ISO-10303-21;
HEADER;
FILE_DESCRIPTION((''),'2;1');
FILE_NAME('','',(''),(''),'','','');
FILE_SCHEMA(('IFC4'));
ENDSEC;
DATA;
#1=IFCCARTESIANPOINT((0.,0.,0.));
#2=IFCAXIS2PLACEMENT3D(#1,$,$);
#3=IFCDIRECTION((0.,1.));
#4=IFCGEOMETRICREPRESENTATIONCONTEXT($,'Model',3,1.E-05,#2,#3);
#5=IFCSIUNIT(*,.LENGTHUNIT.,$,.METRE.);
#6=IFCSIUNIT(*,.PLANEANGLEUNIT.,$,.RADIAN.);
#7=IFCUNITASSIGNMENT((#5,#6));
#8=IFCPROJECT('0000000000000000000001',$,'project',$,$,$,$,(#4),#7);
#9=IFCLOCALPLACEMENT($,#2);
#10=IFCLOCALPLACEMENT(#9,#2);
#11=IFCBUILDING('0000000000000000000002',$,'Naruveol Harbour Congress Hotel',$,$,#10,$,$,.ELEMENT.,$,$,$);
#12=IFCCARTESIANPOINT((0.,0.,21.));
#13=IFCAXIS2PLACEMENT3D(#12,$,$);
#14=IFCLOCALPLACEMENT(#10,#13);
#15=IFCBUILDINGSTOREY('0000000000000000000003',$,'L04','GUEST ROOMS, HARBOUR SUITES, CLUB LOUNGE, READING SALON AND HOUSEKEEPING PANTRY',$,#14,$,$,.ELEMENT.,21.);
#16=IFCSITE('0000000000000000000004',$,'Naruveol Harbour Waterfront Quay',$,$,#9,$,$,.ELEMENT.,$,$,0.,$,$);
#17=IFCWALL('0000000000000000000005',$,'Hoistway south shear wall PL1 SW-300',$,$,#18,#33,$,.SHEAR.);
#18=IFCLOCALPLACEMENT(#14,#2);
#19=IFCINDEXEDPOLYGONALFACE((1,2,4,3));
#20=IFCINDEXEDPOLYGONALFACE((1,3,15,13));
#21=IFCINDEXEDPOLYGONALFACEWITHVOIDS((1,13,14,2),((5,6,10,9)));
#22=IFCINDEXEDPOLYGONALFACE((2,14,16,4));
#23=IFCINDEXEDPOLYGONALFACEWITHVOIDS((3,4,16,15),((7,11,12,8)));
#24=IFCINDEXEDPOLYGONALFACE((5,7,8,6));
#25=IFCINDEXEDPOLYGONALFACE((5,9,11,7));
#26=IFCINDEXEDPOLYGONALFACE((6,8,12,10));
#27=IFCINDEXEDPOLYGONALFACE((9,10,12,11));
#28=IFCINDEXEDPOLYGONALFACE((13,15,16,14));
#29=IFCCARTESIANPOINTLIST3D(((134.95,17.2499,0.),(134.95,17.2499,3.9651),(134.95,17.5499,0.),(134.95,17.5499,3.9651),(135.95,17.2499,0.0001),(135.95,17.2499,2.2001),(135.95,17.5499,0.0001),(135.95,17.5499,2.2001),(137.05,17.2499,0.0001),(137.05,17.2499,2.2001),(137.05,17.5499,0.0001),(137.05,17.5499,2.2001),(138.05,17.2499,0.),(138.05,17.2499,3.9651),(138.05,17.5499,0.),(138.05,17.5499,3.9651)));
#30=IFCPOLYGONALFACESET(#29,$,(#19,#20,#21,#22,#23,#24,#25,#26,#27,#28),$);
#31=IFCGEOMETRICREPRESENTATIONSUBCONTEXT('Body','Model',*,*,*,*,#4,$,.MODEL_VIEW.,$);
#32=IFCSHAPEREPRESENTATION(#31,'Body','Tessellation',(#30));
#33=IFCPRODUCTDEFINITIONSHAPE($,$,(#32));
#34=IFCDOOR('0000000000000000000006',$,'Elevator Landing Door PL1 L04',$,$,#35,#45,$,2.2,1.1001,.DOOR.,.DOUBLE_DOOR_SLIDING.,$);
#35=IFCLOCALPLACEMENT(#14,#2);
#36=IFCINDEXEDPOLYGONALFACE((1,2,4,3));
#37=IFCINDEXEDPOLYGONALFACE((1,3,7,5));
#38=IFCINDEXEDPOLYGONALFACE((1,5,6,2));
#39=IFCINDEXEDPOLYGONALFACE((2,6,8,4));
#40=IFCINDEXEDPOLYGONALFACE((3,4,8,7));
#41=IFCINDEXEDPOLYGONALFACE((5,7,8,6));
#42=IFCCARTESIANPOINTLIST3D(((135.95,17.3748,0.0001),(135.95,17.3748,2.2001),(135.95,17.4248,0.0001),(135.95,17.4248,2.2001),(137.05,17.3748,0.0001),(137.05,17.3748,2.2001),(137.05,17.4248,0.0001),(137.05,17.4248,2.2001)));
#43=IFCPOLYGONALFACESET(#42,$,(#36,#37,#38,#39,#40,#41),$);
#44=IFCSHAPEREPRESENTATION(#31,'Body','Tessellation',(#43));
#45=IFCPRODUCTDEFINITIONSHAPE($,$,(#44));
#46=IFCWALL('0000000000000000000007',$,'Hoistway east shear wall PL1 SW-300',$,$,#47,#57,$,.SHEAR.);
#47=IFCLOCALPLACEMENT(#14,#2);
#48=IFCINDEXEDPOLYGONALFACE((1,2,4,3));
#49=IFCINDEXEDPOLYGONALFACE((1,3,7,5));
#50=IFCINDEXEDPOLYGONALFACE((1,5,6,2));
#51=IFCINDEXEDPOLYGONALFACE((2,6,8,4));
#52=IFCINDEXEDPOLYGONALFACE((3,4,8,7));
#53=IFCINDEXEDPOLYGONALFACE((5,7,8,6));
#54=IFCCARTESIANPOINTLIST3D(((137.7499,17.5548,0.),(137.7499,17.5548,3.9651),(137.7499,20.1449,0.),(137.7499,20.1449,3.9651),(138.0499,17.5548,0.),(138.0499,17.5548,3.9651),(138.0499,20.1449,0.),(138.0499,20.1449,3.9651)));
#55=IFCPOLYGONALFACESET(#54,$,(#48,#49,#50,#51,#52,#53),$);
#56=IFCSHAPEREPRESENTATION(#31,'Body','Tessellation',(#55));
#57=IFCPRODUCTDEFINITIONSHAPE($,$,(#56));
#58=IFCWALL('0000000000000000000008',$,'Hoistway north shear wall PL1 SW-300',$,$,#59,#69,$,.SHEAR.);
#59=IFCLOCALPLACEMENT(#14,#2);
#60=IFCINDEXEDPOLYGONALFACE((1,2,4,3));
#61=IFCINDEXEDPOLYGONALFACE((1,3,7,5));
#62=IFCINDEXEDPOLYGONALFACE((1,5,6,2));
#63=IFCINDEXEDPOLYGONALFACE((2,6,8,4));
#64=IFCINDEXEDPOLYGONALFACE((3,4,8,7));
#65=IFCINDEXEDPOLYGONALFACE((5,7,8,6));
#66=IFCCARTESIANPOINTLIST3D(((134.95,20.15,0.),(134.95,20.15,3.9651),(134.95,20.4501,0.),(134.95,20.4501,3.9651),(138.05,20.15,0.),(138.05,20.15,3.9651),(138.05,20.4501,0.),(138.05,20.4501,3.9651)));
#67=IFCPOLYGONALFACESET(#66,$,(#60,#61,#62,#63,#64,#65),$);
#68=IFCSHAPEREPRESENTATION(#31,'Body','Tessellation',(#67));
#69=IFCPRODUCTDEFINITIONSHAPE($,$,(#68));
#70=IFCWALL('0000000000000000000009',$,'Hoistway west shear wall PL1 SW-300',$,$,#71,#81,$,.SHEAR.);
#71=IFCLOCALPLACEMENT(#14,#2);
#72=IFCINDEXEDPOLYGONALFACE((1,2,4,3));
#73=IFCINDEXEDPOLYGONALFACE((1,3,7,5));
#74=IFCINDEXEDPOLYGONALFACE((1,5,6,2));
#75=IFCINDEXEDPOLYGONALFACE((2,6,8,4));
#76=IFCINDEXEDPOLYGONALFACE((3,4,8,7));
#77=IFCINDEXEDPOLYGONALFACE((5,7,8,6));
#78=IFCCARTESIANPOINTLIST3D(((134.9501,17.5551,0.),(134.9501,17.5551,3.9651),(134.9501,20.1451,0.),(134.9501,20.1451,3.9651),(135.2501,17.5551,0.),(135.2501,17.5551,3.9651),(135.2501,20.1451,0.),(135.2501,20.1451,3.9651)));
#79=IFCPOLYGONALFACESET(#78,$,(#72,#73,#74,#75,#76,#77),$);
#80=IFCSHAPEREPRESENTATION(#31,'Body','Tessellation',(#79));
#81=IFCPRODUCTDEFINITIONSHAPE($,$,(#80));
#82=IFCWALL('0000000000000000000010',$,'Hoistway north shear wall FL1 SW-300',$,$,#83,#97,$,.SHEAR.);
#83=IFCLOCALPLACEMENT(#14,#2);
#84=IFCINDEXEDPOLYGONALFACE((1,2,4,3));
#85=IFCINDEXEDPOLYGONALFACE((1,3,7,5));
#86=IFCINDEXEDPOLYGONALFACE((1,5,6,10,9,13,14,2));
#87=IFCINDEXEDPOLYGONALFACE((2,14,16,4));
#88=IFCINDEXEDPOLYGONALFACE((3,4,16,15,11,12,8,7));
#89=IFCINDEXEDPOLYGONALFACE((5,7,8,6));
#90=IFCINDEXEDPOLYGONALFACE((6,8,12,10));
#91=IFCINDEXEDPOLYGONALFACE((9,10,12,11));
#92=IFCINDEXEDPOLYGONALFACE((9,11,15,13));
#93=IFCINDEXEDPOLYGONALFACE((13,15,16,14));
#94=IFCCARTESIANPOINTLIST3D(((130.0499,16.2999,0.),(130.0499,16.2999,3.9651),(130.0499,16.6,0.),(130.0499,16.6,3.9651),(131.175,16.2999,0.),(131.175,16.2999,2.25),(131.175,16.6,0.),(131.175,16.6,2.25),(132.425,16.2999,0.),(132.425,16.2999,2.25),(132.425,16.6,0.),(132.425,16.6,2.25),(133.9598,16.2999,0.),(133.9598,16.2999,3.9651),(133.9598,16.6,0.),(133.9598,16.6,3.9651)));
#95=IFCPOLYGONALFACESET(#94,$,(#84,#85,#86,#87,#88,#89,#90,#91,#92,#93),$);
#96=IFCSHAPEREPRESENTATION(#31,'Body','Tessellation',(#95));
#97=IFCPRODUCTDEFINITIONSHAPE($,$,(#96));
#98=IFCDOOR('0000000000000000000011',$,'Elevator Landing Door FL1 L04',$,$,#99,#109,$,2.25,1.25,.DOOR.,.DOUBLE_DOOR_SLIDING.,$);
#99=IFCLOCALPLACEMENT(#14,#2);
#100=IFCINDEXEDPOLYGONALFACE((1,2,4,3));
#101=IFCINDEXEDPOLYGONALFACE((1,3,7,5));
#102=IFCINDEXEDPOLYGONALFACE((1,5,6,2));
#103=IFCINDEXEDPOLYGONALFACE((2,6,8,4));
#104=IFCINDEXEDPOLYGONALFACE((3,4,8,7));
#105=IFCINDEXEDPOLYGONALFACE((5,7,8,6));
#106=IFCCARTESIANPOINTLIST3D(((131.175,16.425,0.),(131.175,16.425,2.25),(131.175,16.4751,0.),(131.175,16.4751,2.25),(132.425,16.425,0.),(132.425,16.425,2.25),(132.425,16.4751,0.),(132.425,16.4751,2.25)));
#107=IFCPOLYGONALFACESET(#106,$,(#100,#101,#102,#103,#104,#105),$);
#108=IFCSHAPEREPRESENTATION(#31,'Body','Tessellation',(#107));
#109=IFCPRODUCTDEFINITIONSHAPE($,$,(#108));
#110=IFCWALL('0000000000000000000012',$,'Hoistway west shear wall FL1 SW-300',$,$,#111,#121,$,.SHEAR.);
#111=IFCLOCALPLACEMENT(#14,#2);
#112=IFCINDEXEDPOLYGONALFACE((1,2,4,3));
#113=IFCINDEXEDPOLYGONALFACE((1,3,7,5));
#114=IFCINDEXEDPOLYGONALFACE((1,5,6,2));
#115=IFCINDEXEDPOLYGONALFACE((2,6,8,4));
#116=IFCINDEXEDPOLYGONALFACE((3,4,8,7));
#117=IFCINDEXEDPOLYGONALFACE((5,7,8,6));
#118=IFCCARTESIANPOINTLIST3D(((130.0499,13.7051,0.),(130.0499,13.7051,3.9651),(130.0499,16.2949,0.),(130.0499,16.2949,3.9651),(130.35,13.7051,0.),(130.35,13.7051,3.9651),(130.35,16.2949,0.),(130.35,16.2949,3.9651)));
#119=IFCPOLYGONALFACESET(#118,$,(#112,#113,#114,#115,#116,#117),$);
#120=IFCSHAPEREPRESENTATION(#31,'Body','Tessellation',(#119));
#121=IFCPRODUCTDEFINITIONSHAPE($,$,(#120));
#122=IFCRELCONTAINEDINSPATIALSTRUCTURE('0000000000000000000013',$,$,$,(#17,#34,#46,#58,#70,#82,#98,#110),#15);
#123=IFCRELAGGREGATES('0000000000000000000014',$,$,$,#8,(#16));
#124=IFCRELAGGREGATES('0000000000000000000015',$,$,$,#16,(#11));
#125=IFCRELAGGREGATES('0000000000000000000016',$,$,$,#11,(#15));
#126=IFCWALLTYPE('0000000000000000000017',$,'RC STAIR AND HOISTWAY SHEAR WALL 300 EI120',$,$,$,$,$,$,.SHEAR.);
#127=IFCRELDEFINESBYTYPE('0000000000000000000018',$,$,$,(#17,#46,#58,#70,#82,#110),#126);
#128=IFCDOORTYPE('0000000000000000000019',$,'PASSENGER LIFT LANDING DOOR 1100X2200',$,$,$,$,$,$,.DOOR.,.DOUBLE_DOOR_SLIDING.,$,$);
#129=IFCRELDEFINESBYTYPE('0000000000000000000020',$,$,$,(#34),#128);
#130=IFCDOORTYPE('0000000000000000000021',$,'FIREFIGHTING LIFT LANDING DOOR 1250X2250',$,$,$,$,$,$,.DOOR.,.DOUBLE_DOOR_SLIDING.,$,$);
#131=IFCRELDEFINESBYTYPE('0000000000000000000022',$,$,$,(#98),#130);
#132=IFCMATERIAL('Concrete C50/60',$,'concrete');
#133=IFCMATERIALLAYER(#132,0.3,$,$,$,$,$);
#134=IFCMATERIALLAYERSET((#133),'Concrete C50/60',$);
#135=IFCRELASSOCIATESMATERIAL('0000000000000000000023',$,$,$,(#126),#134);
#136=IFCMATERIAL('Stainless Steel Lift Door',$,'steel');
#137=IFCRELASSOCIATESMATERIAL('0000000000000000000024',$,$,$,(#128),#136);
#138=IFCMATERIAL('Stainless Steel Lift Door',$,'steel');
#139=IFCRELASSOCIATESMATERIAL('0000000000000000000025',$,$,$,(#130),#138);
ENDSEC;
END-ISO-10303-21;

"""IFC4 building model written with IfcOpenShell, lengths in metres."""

from ifc_helpers import new_model, si_unit, direction, frame, frame_2d, origin, place, context, subcontext, project, spatial, rectangle, extrude, material, layer, layer_set, type_object, element, fill, save


model = new_model("IFC4")

# Units and contexts
model_context = context("Model", 3, precision=1e-05, world=origin(), true_north=direction((0.0, 1.0)))
body_context = subcontext(model_context, "Body", "Model", "MODEL_VIEW")
ifc_project = project(units=[si_unit("LENGTHUNIT", "METRE"), si_unit("PLANEANGLEUNIT", "RADIAN")], contexts=[model_context])

# Site, building, storey
site_placement = place(None, origin())
site = spatial("IfcSite", under=ifc_project, at=site_placement, Name="Naruveol Harbour Waterfront Quay", CompositionType="ELEMENT", RefElevation=0.0)
building_placement = place(site_placement, origin())
building = spatial("IfcBuilding", under=site, at=building_placement, Name="Naruveol Harbour Congress Hotel", CompositionType="ELEMENT")
storey_placement = place(building_placement, frame((0.0, 0.0, 21.0)))
storey = spatial("IfcBuildingStorey", under=building, at=storey_placement, Name="L04", Description="GUEST ROOMS, HARBOUR SUITES, CLUB LOUNGE, READING SALON AND HOUSEKEEPING PANTRY", CompositionType="ELEMENT", Elevation=21.0)

# Wall, opening, door
ifc_material_1 = material(Name="Concrete C50/60", Category="concrete")
ifc_layer_1 = layer(ifc_material_1, 0.3)
ifc_layer_set_1 = layer_set([ifc_layer_1], Name="Concrete C50/60")
wall_type_1 = type_object("IfcWallType", Name="RC STAIR AND HOISTWAY SHEAR WALL 300 EI120", PredefinedType="SHEAR", material=ifc_layer_set_1)
wall_1_placement = place(storey_placement, frame((134.95, 17.3999, 0.0), z_axis=(0.0, 0.0, 1.0), x_axis=(1.0, 0.0, 0.0)))
wall_1 = element("IfcWall", 1, at=wall_1_placement, inside=storey, type_object=wall_type_1, Name="Hoistway south shear wall PL1 SW-300", PredefinedType="SHEAR", context=body_context, shape_type="SweptSolid", body=[
    extrude(rectangle(XDim=3.1001, YDim=0.3, at=frame_2d((1.55, 0.0))), origin(), (0.0, 0.0, 1.0), 3.9651),
])
opening_1_placement = place(wall_1_placement, frame((1.0, 0.0, 0.0)))
opening_1 = element("IfcOpeningElement", 2, at=opening_1_placement, cuts=wall_1, PredefinedType="OPENING", context=body_context, shape_type="SweptSolid", body=[
    extrude(rectangle(XDim=1.1001, YDim=2.2, at=frame_2d((0.55, 1.1001))), frame((0.0, 0.1599, 0.0), z_axis=(0.0, -1.0, 0.0), x_axis=(1.0, 0.0, 0.0)), (0.0, 0.0, 1.0), 0.3201),
])
ifc_material_2 = material(Name="Stainless Steel Lift Door", Category="steel")
door_type_1 = type_object("IfcDoorType", Name="PASSENGER LIFT LANDING DOOR 1100X2200", OperationType="DOUBLE_DOOR_SLIDING", PredefinedType="DOOR", material=ifc_material_2)
door_1_placement = place(opening_1_placement, origin())
door_1 = element("IfcDoor", 3, at=door_1_placement, inside=storey, type_object=door_type_1, Name="Elevator Landing Door PL1 L04", OperationType="DOUBLE_DOOR_SLIDING", OverallHeight=2.2, OverallWidth=1.1001, PredefinedType="DOOR", context=body_context, shape_type="SweptSolid", body=[
    extrude(rectangle(XDim=1.1001, YDim=2.2, at=frame_2d((0.55, 1.1001))), frame((0.0, 0.0249, 0.0), z_axis=(0.0, -1.0, 0.0), x_axis=(1.0, 0.0, 0.0)), (0.0, 0.0, 1.0), 0.05),
])
fill(opening_1, door_1)

# Walls
wall_2_placement = place(storey_placement, frame((137.8999, 17.5549, 0.0), z_axis=(0.0, 0.0, 1.0), x_axis=(0.0, 1.0, 0.0)))
element("IfcWall", 4, at=wall_2_placement, inside=storey, type_object=wall_type_1, Name="Hoistway east shear wall PL1 SW-300", PredefinedType="SHEAR", context=body_context, shape_type="SweptSolid", body=[
    extrude(rectangle(XDim=2.5901, YDim=0.3, at=frame_2d((1.2949, 0.0))), origin(), (0.0, 0.0, 1.0), 3.9651),
])
wall_3_placement = place(storey_placement, frame((138.05, 20.3, 0.0), z_axis=(0.0, 0.0, 1.0), x_axis=(-1.0, 0.0, 0.0)))
element("IfcWall", 5, at=wall_3_placement, inside=storey, type_object=wall_type_1, Name="Hoistway north shear wall PL1 SW-300", PredefinedType="SHEAR", context=body_context, shape_type="SweptSolid", body=[
    extrude(rectangle(XDim=3.1001, YDim=0.3, at=frame_2d((1.55, 0.0))), origin(), (0.0, 0.0, 1.0), 3.9651),
])
wall_4_placement = place(storey_placement, frame((135.1001, 20.145, 0.0), z_axis=(0.0, 0.0, 1.0), x_axis=(0.0, -1.0, 0.0)))
element("IfcWall", 6, at=wall_4_placement, inside=storey, type_object=wall_type_1, Name="Hoistway west shear wall PL1 SW-300", PredefinedType="SHEAR", context=body_context, shape_type="SweptSolid", body=[
    extrude(rectangle(XDim=2.5901, YDim=0.3, at=frame_2d((1.2949, 0.0))), origin(), (0.0, 0.0, 1.0), 3.9651),
])

# Wall, opening, door
wall_5_placement = place(storey_placement, frame((133.96, 16.45, 0.0), z_axis=(0.0, 0.0, 1.0), x_axis=(-1.0, 0.0, 0.0)))
wall_5 = element("IfcWall", 7, at=wall_5_placement, inside=storey, type_object=wall_type_1, Name="Hoistway north shear wall FL1 SW-300", PredefinedType="SHEAR", context=body_context, shape_type="SweptSolid", body=[
    extrude(rectangle(XDim=3.9099, YDim=0.3, at=frame_2d((1.9551, 0.0))), origin(), (0.0, 0.0, 1.0), 3.9651),
])
opening_2_placement = place(wall_5_placement, frame((1.5349, 0.0, 0.0)))
opening_2 = element("IfcOpeningElement", 8, at=opening_2_placement, cuts=wall_5, PredefinedType="OPENING", context=body_context, shape_type="SweptSolid", body=[
    extrude(rectangle(XDim=1.25, YDim=2.25, at=frame_2d((0.625, 1.125))), frame((0.0, 0.1599, 0.0), z_axis=(0.0, -1.0, 0.0), x_axis=(1.0, 0.0, 0.0)), (0.0, 0.0, 1.0), 0.3201),
])
ifc_material_3 = material(Name="Stainless Steel Lift Door", Category="steel")
door_type_2 = type_object("IfcDoorType", Name="FIREFIGHTING LIFT LANDING DOOR 1250X2250", OperationType="DOUBLE_DOOR_SLIDING", PredefinedType="DOOR", material=ifc_material_3)
door_2_placement = place(opening_2_placement, origin())
door_2 = element("IfcDoor", 9, at=door_2_placement, inside=storey, type_object=door_type_2, Name="Elevator Landing Door FL1 L04", OperationType="DOUBLE_DOOR_SLIDING", OverallHeight=2.25, OverallWidth=1.25, PredefinedType="DOOR", context=body_context, shape_type="SweptSolid", body=[
    extrude(rectangle(XDim=1.25, YDim=2.25, at=frame_2d((0.625, 1.125))), frame((0.0, 0.0249, 0.0), z_axis=(0.0, -1.0, 0.0), x_axis=(1.0, 0.0, 0.0)), (0.0, 0.0, 1.0), 0.05),
])
fill(opening_2, door_2)

# Wall
wall_6_placement = place(storey_placement, frame((130.2, 16.2949, 0.0), z_axis=(0.0, 0.0, 1.0), x_axis=(0.0, -1.0, 0.0)))
element("IfcWall", 10, at=wall_6_placement, inside=storey, type_object=wall_type_1, Name="Hoistway west shear wall FL1 SW-300", PredefinedType="SHEAR", context=body_context, shape_type="SweptSolid", body=[
    extrude(rectangle(XDim=2.5898, YDim=0.3, at=frame_2d((1.2949, 0.0))), origin(), (0.0, 0.0, 1.0), 3.9651),
])

save(model, "model.ifc")
